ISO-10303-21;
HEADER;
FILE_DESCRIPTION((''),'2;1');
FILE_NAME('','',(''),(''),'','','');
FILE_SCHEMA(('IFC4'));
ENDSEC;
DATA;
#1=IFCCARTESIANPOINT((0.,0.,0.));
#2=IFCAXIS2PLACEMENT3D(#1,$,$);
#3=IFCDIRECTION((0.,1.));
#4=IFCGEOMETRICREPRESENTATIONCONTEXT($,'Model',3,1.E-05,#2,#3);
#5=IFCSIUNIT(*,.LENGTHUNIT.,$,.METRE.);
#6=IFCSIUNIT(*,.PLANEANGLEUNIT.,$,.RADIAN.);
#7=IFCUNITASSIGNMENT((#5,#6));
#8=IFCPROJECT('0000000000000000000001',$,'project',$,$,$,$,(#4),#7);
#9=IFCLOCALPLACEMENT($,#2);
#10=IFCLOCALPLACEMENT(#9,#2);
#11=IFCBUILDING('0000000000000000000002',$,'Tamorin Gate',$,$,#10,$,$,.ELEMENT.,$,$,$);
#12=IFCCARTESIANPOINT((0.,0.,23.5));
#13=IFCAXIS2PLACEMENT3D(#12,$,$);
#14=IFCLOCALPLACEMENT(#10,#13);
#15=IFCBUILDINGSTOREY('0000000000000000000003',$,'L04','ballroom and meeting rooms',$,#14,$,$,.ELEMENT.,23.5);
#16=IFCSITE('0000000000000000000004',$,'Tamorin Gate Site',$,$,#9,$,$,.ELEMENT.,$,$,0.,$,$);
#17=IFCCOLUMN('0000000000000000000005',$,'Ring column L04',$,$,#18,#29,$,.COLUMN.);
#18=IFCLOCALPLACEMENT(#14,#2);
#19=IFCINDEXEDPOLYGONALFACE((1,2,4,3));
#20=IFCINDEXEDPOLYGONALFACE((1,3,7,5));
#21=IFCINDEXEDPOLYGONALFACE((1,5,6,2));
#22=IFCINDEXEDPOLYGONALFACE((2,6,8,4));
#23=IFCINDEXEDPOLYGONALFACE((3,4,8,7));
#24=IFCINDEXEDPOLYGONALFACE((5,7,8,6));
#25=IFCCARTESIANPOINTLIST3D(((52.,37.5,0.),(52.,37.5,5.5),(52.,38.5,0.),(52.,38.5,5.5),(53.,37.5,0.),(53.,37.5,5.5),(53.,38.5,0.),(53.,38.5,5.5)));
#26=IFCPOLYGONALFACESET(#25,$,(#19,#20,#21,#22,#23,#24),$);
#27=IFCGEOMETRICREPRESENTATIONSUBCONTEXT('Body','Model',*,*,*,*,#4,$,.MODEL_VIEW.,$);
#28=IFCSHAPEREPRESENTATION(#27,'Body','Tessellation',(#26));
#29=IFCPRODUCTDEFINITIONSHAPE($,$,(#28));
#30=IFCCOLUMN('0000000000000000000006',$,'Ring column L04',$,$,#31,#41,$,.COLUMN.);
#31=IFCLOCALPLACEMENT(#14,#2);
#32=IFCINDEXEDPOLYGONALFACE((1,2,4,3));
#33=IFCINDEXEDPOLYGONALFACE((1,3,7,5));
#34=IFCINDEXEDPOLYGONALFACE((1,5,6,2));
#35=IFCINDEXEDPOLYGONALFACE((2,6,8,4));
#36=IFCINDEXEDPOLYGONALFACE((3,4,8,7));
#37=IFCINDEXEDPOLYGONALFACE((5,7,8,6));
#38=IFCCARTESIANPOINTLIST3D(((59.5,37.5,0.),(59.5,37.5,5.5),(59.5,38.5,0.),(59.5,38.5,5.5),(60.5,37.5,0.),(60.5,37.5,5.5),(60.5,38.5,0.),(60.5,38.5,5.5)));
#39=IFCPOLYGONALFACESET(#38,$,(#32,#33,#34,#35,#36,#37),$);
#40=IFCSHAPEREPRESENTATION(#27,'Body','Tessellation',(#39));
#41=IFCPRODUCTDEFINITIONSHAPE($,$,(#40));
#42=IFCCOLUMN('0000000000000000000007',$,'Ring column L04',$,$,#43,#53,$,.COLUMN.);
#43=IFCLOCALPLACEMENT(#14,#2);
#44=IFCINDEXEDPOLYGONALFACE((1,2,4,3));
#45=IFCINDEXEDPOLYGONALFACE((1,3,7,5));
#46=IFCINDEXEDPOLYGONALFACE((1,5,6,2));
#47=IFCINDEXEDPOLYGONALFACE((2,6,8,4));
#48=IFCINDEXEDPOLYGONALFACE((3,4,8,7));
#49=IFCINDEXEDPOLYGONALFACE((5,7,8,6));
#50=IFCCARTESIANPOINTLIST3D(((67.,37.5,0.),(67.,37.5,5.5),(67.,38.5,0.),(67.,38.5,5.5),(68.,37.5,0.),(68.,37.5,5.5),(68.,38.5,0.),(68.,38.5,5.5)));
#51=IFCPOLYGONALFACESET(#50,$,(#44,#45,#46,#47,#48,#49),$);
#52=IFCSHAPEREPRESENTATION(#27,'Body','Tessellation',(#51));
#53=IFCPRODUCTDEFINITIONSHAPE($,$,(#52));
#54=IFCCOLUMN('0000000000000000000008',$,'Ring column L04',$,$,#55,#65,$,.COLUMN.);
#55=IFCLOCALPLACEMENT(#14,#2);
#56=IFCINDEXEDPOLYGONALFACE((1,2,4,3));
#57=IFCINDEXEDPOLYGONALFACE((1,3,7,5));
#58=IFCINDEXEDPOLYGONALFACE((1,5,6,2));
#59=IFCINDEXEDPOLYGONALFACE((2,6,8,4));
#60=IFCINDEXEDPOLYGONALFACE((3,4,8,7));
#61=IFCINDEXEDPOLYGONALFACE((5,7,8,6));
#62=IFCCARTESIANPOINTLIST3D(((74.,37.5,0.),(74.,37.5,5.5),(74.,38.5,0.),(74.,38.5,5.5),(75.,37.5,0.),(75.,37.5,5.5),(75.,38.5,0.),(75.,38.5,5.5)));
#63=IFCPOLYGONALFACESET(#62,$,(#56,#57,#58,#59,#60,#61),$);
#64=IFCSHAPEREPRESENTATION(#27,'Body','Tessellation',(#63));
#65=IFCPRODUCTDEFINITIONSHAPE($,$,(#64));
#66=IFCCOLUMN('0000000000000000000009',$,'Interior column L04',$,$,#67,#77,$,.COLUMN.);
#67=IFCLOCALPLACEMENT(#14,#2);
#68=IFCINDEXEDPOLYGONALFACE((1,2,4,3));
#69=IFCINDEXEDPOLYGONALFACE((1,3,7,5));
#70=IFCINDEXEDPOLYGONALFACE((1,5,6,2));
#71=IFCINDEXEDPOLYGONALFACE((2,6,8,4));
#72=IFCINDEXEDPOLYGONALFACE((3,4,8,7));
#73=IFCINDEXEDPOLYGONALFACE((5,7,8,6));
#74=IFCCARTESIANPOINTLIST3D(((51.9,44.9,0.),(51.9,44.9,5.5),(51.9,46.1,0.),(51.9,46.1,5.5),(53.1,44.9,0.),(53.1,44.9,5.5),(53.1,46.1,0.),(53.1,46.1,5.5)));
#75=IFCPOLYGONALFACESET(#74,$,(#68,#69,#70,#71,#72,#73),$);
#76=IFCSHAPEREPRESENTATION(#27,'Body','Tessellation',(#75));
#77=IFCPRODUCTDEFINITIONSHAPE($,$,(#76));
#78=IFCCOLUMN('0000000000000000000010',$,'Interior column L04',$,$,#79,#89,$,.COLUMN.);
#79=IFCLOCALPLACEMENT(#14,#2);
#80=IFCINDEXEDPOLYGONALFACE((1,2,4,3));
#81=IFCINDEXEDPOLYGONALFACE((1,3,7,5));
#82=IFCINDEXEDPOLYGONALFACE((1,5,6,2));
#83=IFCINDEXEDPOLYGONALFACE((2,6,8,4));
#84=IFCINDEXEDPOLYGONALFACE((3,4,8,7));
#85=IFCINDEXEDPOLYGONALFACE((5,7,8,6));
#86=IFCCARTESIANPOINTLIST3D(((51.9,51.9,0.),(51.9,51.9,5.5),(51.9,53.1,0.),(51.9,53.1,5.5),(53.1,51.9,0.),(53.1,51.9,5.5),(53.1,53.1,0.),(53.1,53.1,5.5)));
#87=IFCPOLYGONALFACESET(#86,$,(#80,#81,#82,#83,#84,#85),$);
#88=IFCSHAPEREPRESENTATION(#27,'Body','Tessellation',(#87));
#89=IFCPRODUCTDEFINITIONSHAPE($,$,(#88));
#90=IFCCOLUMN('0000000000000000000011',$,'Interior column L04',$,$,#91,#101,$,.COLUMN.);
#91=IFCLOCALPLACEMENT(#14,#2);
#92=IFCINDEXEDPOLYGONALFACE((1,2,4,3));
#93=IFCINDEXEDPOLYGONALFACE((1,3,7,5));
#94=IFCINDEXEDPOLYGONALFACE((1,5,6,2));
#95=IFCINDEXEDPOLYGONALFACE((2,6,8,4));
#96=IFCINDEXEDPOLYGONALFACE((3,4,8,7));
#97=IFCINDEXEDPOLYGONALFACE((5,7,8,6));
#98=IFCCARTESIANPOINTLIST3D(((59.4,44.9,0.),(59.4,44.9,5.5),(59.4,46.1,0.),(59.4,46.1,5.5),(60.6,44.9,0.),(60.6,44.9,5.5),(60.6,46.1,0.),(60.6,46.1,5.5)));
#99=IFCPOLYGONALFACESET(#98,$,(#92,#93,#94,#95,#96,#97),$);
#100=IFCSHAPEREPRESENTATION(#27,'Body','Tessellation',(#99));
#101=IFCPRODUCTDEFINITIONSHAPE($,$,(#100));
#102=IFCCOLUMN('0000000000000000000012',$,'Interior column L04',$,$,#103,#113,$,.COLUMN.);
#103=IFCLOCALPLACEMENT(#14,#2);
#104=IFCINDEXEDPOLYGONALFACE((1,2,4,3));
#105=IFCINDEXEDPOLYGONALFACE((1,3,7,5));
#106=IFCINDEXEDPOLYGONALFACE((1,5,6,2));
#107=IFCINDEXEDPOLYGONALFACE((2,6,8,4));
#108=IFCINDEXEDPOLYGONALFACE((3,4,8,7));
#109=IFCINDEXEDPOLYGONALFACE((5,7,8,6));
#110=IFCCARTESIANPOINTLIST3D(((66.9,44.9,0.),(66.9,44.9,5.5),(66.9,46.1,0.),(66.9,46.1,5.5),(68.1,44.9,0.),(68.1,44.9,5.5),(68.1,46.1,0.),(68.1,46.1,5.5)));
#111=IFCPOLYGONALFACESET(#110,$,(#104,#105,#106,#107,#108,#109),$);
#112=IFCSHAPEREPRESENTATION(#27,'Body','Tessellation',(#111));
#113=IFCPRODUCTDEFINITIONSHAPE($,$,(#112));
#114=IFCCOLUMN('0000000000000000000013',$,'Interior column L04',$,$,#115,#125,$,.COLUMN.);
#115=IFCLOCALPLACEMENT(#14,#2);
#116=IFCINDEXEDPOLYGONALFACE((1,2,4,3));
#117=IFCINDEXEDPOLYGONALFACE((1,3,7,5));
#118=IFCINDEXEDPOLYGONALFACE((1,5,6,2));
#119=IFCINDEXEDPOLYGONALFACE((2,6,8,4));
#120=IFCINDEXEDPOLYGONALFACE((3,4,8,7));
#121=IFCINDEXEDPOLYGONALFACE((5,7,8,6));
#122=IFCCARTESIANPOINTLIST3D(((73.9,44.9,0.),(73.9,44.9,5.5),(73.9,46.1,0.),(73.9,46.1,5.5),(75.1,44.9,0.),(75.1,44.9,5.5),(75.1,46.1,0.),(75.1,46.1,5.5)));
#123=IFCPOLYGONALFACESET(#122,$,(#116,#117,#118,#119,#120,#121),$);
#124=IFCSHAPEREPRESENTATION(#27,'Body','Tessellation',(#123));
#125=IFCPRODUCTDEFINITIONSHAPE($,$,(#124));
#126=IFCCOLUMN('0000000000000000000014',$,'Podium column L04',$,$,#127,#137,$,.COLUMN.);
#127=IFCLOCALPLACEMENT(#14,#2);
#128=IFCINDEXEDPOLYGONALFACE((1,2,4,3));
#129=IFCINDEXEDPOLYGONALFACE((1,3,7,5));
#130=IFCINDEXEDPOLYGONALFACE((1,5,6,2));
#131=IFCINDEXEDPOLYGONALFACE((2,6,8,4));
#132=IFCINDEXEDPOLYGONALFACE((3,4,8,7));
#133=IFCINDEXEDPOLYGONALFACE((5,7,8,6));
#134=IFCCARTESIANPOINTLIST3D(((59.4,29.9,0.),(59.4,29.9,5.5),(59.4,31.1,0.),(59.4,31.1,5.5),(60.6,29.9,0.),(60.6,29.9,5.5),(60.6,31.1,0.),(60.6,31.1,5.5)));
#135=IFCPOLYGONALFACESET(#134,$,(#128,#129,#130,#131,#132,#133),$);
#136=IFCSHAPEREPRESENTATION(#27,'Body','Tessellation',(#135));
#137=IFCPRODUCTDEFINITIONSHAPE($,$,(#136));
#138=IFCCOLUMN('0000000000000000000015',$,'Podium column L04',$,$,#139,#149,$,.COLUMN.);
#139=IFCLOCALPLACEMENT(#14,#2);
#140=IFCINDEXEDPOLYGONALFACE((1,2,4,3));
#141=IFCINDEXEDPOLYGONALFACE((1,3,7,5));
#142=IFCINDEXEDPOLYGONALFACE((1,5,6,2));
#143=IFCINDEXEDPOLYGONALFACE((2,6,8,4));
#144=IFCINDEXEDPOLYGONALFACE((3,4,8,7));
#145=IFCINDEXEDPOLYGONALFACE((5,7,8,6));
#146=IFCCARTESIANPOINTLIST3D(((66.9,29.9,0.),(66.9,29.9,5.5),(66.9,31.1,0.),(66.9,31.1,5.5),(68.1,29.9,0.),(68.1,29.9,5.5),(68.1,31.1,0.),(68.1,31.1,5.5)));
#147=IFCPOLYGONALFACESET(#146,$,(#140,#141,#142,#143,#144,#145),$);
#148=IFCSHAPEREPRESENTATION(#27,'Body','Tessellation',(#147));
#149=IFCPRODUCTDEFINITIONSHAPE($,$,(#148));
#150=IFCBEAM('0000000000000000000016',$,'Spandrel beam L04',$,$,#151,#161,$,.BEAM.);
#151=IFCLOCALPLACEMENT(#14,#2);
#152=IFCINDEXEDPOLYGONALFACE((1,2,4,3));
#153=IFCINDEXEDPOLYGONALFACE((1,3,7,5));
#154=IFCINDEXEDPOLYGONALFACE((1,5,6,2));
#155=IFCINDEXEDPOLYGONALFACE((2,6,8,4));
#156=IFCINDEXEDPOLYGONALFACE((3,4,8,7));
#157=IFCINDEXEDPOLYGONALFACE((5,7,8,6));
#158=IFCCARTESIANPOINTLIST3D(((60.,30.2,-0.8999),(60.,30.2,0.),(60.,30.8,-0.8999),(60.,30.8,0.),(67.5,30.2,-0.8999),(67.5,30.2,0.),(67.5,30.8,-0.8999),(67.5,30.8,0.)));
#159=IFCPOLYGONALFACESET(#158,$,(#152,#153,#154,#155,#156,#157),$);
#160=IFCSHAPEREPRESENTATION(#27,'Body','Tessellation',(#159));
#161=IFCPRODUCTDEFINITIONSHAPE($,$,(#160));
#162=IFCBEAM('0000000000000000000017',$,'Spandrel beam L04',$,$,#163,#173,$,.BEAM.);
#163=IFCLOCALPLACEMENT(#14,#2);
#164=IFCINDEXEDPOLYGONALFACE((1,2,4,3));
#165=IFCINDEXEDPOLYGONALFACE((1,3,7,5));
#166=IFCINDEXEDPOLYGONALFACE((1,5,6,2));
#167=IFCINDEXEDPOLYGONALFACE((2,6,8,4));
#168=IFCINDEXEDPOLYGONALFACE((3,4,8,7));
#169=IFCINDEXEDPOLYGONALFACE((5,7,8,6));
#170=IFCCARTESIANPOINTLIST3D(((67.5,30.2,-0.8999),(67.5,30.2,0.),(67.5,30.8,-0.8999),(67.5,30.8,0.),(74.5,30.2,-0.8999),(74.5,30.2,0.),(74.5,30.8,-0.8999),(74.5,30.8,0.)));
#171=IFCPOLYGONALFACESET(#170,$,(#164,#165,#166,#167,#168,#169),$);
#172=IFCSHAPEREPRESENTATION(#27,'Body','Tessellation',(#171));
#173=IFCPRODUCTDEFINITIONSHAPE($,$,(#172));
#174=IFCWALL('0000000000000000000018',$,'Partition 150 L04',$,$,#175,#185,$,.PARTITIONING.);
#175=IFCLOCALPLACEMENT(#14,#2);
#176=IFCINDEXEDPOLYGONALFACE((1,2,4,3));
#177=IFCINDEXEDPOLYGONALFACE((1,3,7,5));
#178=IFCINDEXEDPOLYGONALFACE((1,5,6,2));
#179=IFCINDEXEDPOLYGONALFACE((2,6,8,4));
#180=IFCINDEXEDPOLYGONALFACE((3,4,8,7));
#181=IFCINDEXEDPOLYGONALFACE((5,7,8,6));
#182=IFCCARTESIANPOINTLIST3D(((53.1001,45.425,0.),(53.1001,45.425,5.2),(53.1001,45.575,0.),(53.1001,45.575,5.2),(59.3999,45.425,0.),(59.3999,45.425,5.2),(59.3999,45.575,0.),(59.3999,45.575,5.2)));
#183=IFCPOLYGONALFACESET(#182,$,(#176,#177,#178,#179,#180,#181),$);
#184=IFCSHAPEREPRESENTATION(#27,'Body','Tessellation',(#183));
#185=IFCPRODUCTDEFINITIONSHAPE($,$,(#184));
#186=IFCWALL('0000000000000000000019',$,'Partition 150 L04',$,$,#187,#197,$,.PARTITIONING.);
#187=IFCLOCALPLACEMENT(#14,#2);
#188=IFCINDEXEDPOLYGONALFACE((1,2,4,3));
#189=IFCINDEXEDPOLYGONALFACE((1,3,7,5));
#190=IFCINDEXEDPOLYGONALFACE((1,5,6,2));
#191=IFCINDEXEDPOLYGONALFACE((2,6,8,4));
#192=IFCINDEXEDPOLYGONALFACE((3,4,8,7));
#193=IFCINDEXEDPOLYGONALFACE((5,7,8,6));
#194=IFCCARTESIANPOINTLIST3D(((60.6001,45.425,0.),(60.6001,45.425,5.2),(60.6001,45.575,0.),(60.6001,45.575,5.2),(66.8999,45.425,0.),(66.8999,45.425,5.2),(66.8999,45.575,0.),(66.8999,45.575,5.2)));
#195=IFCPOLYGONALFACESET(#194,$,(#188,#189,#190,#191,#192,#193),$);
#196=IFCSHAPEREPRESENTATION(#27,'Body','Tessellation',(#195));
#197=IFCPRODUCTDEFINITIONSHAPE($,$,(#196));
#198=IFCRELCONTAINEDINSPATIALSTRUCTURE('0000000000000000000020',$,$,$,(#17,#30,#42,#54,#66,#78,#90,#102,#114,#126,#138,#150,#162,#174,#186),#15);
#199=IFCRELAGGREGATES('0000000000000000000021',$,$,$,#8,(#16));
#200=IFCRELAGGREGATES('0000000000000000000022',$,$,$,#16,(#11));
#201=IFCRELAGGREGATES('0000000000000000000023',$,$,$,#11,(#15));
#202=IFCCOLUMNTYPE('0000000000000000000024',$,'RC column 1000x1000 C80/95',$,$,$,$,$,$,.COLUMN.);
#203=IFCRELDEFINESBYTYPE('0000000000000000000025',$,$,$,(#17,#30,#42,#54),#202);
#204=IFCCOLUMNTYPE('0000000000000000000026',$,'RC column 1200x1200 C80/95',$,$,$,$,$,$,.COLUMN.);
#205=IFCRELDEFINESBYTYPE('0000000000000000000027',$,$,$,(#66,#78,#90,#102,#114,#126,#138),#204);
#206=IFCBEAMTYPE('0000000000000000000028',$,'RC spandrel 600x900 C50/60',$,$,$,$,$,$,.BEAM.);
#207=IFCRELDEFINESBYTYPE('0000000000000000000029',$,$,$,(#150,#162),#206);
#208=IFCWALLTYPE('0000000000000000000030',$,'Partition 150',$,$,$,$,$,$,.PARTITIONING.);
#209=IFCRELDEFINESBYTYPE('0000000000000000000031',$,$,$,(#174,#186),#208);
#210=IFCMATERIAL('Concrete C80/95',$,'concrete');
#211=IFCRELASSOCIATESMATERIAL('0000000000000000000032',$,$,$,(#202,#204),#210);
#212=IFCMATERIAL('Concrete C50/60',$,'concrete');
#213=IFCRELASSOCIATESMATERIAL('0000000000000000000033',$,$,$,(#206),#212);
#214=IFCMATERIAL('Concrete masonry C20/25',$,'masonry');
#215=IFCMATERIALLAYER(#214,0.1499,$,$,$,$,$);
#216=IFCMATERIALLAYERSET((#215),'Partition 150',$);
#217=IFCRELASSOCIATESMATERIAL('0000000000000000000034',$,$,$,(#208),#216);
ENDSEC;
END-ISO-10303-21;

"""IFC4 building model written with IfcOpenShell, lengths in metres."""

from ifc_helpers import new_model, si_unit, direction, frame, frame_2d, origin, origin_2d, place, context, subcontext, project, spatial, rectangle, extrude, material, layer, layer_set, material_profile, profile_set, type_object, element, save


model = new_model("IFC4")

# Units and contexts
model_context = context("Model", 3, precision=1e-05, world=origin(), true_north=direction((0.0, 1.0)))
body_context = subcontext(model_context, "Body", "Model", "MODEL_VIEW")
ifc_project = project(units=[si_unit("LENGTHUNIT", "METRE"), si_unit("PLANEANGLEUNIT", "RADIAN")], contexts=[model_context])

# Site, building, storey
site_placement = place(None, origin())
site = spatial("IfcSite", under=ifc_project, at=site_placement, Name="Tamorin Gate Site", CompositionType="ELEMENT", RefElevation=0.0)
building_placement = place(site_placement, origin())
building = spatial("IfcBuilding", under=site, at=building_placement, Name="Tamorin Gate", CompositionType="ELEMENT")
storey_placement = place(building_placement, frame((0.0, 0.0, 23.5)))
storey = spatial("IfcBuildingStorey", under=building, at=storey_placement, Name="L04", Description="ballroom and meeting rooms", CompositionType="ELEMENT", Elevation=23.5)

# Columns
ifc_material_1 = material(Name="Concrete C80/95", Category="concrete")
ifc_material_profile_1 = material_profile(ifc_material_1, rectangle(XDim=1.0, YDim=1.0, at=origin_2d()), Name="RC 1000x1000")
ifc_profile_set_1 = profile_set([ifc_material_profile_1], Name="Concrete C80/95")
column_type_1 = type_object("IfcColumnType", Name="RC column 1000x1000 C80/95", PredefinedType="COLUMN", material=ifc_profile_set_1)
for number, where, z_axis, x_axis, name in (
    (1, (52.5, 38.0, 0.0), (0.0, 0.0, 1.0), (1.0, 0.0, 0.0), "Ring column L04"),
    (2, (60.0, 38.0, 0.0), (0.0, 0.0, 1.0), (1.0, 0.0, 0.0), "Ring column L04"),
    (3, (67.5, 38.0, 0.0), (0.0, 0.0, 1.0), (1.0, 0.0, 0.0), "Ring column L04"),
    (4, (74.5, 38.0, 0.0), (0.0, 0.0, 1.0), (1.0, 0.0, 0.0), "Ring column L04"),
):
    element("IfcColumn", number, at=place(storey_placement, frame(where, z_axis=z_axis, x_axis=x_axis)), inside=storey, type_object=column_type_1, Name=name, PredefinedType="COLUMN", context=body_context, shape_type="SweptSolid", body=[
        extrude(rectangle(XDim=1.0, YDim=1.0, at=origin_2d()), origin(), (0.0, 0.0, 1.0), 5.5),
    ])
ifc_material_profile_2 = material_profile(ifc_material_1, rectangle(XDim=1.2, YDim=1.2, at=origin_2d()), Name="RC 1200x1200")
ifc_profile_set_2 = profile_set([ifc_material_profile_2], Name="Concrete C80/95")
column_type_2 = type_object("IfcColumnType", Name="RC column 1200x1200 C80/95", PredefinedType="COLUMN", material=ifc_profile_set_2)
for number, where, z_axis, x_axis, name in (
    (5, (52.5, 45.5, 0.0), (0.0, 0.0, 1.0), (1.0, 0.0, 0.0), "Interior column L04"),
    (6, (52.5, 52.5, 0.0), (0.0, 0.0, 1.0), (1.0, 0.0, 0.0), "Interior column L04"),
    (7, (60.0, 45.5, 0.0), (0.0, 0.0, 1.0), (1.0, 0.0, 0.0), "Interior column L04"),
    (8, (67.5, 45.5, 0.0), (0.0, 0.0, 1.0), (1.0, 0.0, 0.0), "Interior column L04"),
    (9, (74.5, 45.5, 0.0), (0.0, 0.0, 1.0), (1.0, 0.0, 0.0), "Interior column L04"),
    (10, (60.0, 30.5, 0.0), (0.0, 0.0, 1.0), (1.0, 0.0, 0.0), "Podium column L04"),
    (11, (67.5, 30.5, 0.0), (0.0, 0.0, 1.0), (1.0, 0.0, 0.0), "Podium column L04"),
):
    element("IfcColumn", number, at=place(storey_placement, frame(where, z_axis=z_axis, x_axis=x_axis)), inside=storey, type_object=column_type_2, Name=name, PredefinedType="COLUMN", context=body_context, shape_type="SweptSolid", body=[
        extrude(rectangle(XDim=1.2, YDim=1.2, at=origin_2d()), origin(), (0.0, 0.0, 1.0), 5.5),
    ])

# Beams
ifc_material_2 = material(Name="Concrete C50/60", Category="concrete")
ifc_material_profile_3 = material_profile(ifc_material_2, rectangle(XDim=0.6001, YDim=0.8999, at=origin_2d()), Name="RC 600x900")
ifc_profile_set_3 = profile_set([ifc_material_profile_3], Name="Concrete C50/60")
beam_type = type_object("IfcBeamType", Name="RC spandrel 600x900 C50/60", PredefinedType="BEAM", material=ifc_profile_set_3)
beam_1_placement = place(storey_placement, frame((60.0, 30.5, -0.45), z_axis=(1.0, 0.0, 0.0), x_axis=(0.0, 1.0, 0.0)))
element("IfcBeam", 12, at=beam_1_placement, inside=storey, type_object=beam_type, Name="Spandrel beam L04", PredefinedType="BEAM", context=body_context, shape_type="SweptSolid", body=[
    extrude(rectangle(XDim=0.6001, YDim=0.8999, at=origin_2d()), origin(), (0.0, 0.0, 1.0), 7.5),
])
beam_2_placement = place(storey_placement, frame((67.5, 30.5, -0.45), z_axis=(1.0, 0.0, 0.0), x_axis=(0.0, 1.0, 0.0)))
element("IfcBeam", 13, at=beam_2_placement, inside=storey, type_object=beam_type, Name="Spandrel beam L04", PredefinedType="BEAM", context=body_context, shape_type="SweptSolid", body=[
    extrude(rectangle(XDim=0.6001, YDim=0.8999, at=origin_2d()), origin(), (0.0, 0.0, 1.0), 7.0),
])

# Walls
ifc_material_3 = material(Name="Concrete masonry C20/25", Category="masonry")
ifc_layer_1 = layer(ifc_material_3, 0.1499)
ifc_layer_set_1 = layer_set([ifc_layer_1], Name="Partition 150")
wall_type_1 = type_object("IfcWallType", Name="Partition 150", PredefinedType="PARTITIONING", material=ifc_layer_set_1)
for number, where, z_axis, x_axis, name in (
    (14, (53.1001, 45.5, 0.0), (0.0, 0.0, 1.0), (1.0, 0.0, 0.0), "Partition 150 L04"),
    (15, (60.6001, 45.5, 0.0), (0.0, 0.0, 1.0), (1.0, 0.0, 0.0), "Partition 150 L04"),
):
    element("IfcWall", number, at=place(storey_placement, frame(where, z_axis=z_axis, x_axis=x_axis)), inside=storey, type_object=wall_type_1, Name=name, PredefinedType="PARTITIONING", context=body_context, shape_type="SweptSolid", body=[
        extrude(rectangle(XDim=6.2998, YDim=0.1499, at=frame_2d((3.1499, 0.0))), origin(), (0.0, 0.0, 1.0), 5.2),
    ])

save(model, "model.ifc")
